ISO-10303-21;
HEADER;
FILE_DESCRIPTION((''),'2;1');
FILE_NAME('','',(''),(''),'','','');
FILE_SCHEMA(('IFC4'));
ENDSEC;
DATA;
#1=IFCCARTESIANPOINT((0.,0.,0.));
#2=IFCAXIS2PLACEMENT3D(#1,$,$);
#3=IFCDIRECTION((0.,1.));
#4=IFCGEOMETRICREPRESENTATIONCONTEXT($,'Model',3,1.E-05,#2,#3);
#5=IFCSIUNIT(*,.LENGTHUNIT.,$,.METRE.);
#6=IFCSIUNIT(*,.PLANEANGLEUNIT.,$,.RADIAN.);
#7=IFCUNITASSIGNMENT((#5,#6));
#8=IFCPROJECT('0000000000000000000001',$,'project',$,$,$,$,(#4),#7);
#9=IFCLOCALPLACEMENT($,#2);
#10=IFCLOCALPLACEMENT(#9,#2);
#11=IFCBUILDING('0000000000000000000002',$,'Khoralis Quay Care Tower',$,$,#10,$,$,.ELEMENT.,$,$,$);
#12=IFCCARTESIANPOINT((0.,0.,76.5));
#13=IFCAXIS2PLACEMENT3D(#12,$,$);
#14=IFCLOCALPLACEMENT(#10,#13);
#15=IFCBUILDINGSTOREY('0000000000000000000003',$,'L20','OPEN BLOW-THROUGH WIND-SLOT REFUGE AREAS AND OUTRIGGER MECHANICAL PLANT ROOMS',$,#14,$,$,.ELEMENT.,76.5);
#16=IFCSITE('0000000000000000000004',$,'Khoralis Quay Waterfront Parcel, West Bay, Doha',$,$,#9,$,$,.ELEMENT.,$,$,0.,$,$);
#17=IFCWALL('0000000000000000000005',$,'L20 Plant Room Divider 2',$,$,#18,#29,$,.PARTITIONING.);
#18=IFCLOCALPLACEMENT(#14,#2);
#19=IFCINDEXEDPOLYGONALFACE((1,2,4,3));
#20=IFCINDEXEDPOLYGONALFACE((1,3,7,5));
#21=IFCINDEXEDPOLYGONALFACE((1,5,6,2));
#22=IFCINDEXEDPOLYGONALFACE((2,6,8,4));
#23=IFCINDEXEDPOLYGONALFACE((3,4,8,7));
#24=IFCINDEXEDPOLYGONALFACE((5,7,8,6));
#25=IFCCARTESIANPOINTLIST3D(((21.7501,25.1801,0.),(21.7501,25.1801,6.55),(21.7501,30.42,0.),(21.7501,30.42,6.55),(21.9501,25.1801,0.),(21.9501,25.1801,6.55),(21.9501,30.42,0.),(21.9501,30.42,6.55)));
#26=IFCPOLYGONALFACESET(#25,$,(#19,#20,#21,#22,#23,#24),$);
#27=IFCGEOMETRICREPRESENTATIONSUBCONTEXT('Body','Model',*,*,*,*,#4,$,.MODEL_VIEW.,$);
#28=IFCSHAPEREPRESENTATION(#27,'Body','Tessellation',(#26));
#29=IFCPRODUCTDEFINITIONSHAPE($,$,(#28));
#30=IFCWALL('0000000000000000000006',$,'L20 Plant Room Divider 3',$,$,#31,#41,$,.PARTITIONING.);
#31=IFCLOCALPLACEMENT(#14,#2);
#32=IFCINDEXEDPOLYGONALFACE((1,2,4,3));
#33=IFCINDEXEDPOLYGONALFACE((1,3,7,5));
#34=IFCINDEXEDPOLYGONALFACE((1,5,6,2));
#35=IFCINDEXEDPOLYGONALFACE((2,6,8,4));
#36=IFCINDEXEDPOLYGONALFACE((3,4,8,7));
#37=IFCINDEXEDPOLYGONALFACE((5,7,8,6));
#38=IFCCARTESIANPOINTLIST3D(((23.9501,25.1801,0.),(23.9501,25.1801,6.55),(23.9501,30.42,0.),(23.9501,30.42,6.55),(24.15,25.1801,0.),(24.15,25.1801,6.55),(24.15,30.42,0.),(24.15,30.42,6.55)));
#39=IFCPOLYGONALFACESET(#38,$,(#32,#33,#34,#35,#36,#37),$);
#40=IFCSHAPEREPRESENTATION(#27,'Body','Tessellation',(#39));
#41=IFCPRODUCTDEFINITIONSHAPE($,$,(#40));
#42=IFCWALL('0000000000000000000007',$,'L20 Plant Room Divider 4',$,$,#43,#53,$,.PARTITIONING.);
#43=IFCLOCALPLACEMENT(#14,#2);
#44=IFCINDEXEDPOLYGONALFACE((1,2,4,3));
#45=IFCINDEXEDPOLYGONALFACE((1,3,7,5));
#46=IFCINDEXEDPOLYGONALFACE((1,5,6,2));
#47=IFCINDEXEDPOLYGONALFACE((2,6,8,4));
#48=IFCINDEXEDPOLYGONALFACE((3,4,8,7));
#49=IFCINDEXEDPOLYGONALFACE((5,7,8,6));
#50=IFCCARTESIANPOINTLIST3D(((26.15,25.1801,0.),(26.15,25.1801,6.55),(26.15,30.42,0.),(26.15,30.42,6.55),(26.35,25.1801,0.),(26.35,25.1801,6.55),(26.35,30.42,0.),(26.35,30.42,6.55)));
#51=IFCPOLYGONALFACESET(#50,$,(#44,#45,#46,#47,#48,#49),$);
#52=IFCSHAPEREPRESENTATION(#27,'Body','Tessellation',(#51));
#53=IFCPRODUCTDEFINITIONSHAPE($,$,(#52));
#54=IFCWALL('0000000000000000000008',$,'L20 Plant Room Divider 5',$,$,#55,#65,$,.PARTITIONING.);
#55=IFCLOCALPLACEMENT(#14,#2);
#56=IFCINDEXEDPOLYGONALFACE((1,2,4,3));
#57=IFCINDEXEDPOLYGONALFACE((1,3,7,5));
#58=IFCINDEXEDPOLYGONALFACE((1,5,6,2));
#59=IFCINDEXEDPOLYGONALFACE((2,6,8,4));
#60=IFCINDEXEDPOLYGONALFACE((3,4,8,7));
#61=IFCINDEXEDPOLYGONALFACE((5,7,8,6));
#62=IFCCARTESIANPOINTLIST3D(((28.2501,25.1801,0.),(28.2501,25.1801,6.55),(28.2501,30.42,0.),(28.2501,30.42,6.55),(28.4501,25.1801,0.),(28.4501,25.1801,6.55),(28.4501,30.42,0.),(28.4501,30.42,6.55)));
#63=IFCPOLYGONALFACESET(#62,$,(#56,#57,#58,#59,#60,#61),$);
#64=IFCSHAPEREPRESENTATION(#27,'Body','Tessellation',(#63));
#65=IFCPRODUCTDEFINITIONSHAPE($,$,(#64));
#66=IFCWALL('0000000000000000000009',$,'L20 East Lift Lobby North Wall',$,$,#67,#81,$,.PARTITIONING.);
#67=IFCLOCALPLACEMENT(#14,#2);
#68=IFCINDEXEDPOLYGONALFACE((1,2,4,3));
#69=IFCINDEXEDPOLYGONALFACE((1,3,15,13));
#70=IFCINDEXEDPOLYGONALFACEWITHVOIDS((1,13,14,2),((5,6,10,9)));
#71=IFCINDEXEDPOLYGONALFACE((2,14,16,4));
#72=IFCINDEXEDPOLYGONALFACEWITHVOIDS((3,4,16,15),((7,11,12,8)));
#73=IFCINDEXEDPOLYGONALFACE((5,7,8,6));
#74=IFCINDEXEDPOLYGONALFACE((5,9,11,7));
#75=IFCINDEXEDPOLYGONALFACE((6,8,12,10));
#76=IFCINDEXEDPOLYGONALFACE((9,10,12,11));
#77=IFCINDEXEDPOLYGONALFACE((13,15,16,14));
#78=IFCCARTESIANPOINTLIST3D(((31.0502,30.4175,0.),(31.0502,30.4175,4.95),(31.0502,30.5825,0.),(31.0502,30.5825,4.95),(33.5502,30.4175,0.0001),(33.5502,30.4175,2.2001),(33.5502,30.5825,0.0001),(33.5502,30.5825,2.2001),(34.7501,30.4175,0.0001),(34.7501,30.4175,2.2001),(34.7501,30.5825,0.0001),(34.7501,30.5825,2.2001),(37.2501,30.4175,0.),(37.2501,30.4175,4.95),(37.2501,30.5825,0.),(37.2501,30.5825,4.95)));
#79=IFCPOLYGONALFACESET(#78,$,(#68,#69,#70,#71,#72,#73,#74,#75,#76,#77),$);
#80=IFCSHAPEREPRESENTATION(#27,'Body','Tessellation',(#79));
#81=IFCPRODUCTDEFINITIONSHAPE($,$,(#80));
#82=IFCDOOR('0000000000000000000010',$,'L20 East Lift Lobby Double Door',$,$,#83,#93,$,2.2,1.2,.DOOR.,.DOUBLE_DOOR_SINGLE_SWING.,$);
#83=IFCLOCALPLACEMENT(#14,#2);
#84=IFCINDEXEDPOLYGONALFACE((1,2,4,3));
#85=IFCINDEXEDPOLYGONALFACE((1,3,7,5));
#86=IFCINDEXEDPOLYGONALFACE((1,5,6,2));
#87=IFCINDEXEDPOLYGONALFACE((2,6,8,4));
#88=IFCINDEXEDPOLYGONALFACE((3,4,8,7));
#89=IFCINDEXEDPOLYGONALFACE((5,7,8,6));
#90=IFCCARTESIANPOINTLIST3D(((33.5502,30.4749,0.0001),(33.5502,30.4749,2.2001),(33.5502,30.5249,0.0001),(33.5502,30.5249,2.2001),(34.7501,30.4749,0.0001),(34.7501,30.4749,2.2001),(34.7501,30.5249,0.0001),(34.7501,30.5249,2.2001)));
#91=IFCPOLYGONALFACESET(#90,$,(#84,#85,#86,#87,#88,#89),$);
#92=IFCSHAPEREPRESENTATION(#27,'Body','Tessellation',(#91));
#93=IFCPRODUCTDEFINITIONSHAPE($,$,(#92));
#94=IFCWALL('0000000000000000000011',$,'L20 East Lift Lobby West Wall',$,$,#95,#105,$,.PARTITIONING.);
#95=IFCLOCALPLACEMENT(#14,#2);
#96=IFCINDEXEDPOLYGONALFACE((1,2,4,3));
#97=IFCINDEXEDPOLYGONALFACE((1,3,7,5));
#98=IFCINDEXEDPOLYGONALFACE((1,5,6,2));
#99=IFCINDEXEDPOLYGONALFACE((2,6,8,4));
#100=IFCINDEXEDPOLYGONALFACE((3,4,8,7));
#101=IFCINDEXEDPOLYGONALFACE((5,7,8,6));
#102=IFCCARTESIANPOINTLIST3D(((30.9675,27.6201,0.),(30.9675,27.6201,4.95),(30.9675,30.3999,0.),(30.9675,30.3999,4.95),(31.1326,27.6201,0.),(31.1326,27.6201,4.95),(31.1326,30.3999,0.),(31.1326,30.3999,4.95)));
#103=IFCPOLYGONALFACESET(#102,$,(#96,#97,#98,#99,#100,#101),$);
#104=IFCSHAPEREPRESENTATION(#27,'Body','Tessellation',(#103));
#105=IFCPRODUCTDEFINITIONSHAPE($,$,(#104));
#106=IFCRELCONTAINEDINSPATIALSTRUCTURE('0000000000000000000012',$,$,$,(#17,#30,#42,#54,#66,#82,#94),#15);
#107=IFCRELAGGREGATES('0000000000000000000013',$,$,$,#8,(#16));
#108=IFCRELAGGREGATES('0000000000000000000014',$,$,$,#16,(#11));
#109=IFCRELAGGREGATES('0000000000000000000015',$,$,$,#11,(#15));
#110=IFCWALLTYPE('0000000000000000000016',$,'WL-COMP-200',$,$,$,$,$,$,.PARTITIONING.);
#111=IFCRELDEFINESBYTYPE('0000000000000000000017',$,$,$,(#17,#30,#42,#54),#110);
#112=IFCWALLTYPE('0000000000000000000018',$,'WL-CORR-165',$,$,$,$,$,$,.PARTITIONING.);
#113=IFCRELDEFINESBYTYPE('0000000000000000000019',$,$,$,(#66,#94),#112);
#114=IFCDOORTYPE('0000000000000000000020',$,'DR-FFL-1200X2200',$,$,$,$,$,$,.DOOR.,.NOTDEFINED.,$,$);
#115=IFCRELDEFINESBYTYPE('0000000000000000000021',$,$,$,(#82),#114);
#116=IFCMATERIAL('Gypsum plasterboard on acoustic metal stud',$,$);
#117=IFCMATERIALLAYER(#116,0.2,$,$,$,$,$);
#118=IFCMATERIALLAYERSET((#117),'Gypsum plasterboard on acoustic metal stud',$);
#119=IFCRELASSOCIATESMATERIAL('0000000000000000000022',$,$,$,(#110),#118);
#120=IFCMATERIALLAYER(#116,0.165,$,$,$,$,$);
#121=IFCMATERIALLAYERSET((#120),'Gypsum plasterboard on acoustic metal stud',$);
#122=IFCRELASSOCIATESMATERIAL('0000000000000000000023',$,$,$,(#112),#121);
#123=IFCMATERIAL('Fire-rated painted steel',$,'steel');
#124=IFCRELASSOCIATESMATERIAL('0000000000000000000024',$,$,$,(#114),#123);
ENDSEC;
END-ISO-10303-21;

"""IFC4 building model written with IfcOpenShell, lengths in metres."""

from ifc_helpers import new_model, si_unit, direction, frame, frame_2d, origin, place, context, subcontext, project, spatial, rectangle, extrude, source, transform, mapped, material, layer, layer_set, type_object, element, fill, save


model = new_model("IFC4")

# Units and contexts
model_context = context("Model", 3, precision=1e-05, world=origin(), true_north=direction((0.0, 1.0)))
body_context = subcontext(model_context, "Body", "Model", "MODEL_VIEW")
ifc_project = project(units=[si_unit("LENGTHUNIT", "METRE"), si_unit("PLANEANGLEUNIT", "RADIAN")], contexts=[model_context])

# Site, building, storey
site_placement = place(None, origin())
site = spatial("IfcSite", under=ifc_project, at=site_placement, Name="Khoralis Quay Waterfront Parcel, West Bay, Doha", CompositionType="ELEMENT", RefElevation=0.0)
building_placement = place(site_placement, origin())
building = spatial("IfcBuilding", under=site, at=building_placement, Name="Khoralis Quay Care Tower", CompositionType="ELEMENT")
storey_placement = place(building_placement, frame((0.0, 0.0, 76.5)))
storey = spatial("IfcBuildingStorey", under=building, at=storey_placement, Name="L20", Description="OPEN BLOW-THROUGH WIND-SLOT REFUGE AREAS AND OUTRIGGER MECHANICAL PLANT ROOMS", CompositionType="ELEMENT", Elevation=76.5)

# Walls
ifc_material_1 = material(Name="Gypsum plasterboard on acoustic metal stud")
ifc_layer_1 = layer(ifc_material_1, 0.2)
ifc_layer_set_1 = layer_set([ifc_layer_1], Name="Gypsum plasterboard on acoustic metal stud")
wall_type_1 = type_object("IfcWallType", Name="WL-COMP-200", PredefinedType="PARTITIONING", material=ifc_layer_set_1)
for number, where, z_axis, x_axis, name in (
    (1, (21.8501, 25.1799, 0.0), (0.0, 0.0, 1.0), (0.0, 1.0, 0.0), "L20 Plant Room Divider 2"),
    (2, (24.05, 25.1799, 0.0), (0.0, 0.0, 1.0), (0.0, 1.0, 0.0), "L20 Plant Room Divider 3"),
    (3, (26.25, 25.1799, 0.0), (0.0, 0.0, 1.0), (0.0, 1.0, 0.0), "L20 Plant Room Divider 4"),
    (4, (28.3501, 25.1799, 0.0), (0.0, 0.0, 1.0), (0.0, 1.0, 0.0), "L20 Plant Room Divider 5"),
):
    element("IfcWall", number, at=place(storey_placement, frame(where, z_axis=z_axis, x_axis=x_axis)), inside=storey, type_object=wall_type_1, Name=name, PredefinedType="PARTITIONING", context=body_context, shape_type="SweptSolid", body=[
        extrude(rectangle(XDim=5.24, YDim=0.2, at=frame_2d((2.6201, 0.0))), origin(), (0.0, 0.0, 1.0), 6.55),
    ])

# Wall, opening, door
ifc_layer_2 = layer(ifc_material_1, 0.165)
ifc_layer_set_2 = layer_set([ifc_layer_2], Name="Gypsum plasterboard on acoustic metal stud")
wall_type_2 = type_object("IfcWallType", Name="WL-CORR-165", PredefinedType="PARTITIONING", material=ifc_layer_set_2)
wall_1_placement = place(storey_placement, frame((31.05, 30.5, 0.0), z_axis=(0.0, 0.0, 1.0), x_axis=(1.0, 0.0, 0.0)))
wall_1 = element("IfcWall", 5, at=wall_1_placement, inside=storey, type_object=wall_type_2, Name="L20 East Lift Lobby North Wall", PredefinedType="PARTITIONING", context=body_context, shape_type="SweptSolid", body=[
    extrude(rectangle(XDim=6.2, YDim=0.165, at=frame_2d((3.1001, 0.0))), origin(), (0.0, 0.0, 1.0), 4.95),
])
opening_placement = place(wall_1_placement, frame((2.5, 0.0, 0.0)))
opening = element("IfcOpeningElement", 6, at=opening_placement, cuts=wall_1, PredefinedType="OPENING", context=body_context, shape_type="SweptSolid", body=[
    extrude(rectangle(XDim=1.2, YDim=2.2, at=frame_2d((0.6001, 1.1001))), frame((0.0, 0.0925, 0.0), z_axis=(0.0, -1.0, 0.0), x_axis=(1.0, 0.0, 0.0)), (0.0, 0.0, 1.0), 0.1851),
])
ifc_material_2 = material(Name="Fire-rated painted steel", Category="steel")
door_type = type_object("IfcDoorType", Name="DR-FFL-1200X2200", OperationType="NOTDEFINED", PredefinedType="DOOR", material=ifc_material_2)
shared_shape_1 = source(origin(), body_context, "Body", "SweptSolid", [
    extrude(rectangle(XDim=1.2, YDim=2.2, at=frame_2d((0.6001, 1.1001))), frame((0.0, 0.0249, 0.0), z_axis=(0.0, -1.0, 0.0), x_axis=(1.0, 0.0, 0.0)), (0.0, 0.0, 1.0), 0.05),
])
door_placement = place(opening_placement, origin())
door = element("IfcDoor", 7, at=door_placement, inside=storey, type_object=door_type, Name="L20 East Lift Lobby Double Door", OperationType="DOUBLE_DOOR_SINGLE_SWING", OverallHeight=2.2, OverallWidth=1.2, PredefinedType="DOOR", context=body_context, shape_type="MappedRepresentation", body=[
    mapped(shared_shape_1, transform((0.0, 0.0, 0.0), scale=1.0)),
])
fill(opening, door)

# Wall
wall_2_placement = place(storey_placement, frame((31.05, 27.6201, 0.0), z_axis=(0.0, 0.0, 1.0), x_axis=(0.0, 1.0, 0.0)))
element("IfcWall", 8, at=wall_2_placement, inside=storey, type_object=wall_type_2, Name="L20 East Lift Lobby West Wall", PredefinedType="PARTITIONING", context=body_context, shape_type="SweptSolid", body=[
    extrude(rectangle(XDim=2.7798, YDim=0.165, at=frame_2d((1.3899, 0.0))), origin(), (0.0, 0.0, 1.0), 4.95),
])

save(model, "model.ifc")
